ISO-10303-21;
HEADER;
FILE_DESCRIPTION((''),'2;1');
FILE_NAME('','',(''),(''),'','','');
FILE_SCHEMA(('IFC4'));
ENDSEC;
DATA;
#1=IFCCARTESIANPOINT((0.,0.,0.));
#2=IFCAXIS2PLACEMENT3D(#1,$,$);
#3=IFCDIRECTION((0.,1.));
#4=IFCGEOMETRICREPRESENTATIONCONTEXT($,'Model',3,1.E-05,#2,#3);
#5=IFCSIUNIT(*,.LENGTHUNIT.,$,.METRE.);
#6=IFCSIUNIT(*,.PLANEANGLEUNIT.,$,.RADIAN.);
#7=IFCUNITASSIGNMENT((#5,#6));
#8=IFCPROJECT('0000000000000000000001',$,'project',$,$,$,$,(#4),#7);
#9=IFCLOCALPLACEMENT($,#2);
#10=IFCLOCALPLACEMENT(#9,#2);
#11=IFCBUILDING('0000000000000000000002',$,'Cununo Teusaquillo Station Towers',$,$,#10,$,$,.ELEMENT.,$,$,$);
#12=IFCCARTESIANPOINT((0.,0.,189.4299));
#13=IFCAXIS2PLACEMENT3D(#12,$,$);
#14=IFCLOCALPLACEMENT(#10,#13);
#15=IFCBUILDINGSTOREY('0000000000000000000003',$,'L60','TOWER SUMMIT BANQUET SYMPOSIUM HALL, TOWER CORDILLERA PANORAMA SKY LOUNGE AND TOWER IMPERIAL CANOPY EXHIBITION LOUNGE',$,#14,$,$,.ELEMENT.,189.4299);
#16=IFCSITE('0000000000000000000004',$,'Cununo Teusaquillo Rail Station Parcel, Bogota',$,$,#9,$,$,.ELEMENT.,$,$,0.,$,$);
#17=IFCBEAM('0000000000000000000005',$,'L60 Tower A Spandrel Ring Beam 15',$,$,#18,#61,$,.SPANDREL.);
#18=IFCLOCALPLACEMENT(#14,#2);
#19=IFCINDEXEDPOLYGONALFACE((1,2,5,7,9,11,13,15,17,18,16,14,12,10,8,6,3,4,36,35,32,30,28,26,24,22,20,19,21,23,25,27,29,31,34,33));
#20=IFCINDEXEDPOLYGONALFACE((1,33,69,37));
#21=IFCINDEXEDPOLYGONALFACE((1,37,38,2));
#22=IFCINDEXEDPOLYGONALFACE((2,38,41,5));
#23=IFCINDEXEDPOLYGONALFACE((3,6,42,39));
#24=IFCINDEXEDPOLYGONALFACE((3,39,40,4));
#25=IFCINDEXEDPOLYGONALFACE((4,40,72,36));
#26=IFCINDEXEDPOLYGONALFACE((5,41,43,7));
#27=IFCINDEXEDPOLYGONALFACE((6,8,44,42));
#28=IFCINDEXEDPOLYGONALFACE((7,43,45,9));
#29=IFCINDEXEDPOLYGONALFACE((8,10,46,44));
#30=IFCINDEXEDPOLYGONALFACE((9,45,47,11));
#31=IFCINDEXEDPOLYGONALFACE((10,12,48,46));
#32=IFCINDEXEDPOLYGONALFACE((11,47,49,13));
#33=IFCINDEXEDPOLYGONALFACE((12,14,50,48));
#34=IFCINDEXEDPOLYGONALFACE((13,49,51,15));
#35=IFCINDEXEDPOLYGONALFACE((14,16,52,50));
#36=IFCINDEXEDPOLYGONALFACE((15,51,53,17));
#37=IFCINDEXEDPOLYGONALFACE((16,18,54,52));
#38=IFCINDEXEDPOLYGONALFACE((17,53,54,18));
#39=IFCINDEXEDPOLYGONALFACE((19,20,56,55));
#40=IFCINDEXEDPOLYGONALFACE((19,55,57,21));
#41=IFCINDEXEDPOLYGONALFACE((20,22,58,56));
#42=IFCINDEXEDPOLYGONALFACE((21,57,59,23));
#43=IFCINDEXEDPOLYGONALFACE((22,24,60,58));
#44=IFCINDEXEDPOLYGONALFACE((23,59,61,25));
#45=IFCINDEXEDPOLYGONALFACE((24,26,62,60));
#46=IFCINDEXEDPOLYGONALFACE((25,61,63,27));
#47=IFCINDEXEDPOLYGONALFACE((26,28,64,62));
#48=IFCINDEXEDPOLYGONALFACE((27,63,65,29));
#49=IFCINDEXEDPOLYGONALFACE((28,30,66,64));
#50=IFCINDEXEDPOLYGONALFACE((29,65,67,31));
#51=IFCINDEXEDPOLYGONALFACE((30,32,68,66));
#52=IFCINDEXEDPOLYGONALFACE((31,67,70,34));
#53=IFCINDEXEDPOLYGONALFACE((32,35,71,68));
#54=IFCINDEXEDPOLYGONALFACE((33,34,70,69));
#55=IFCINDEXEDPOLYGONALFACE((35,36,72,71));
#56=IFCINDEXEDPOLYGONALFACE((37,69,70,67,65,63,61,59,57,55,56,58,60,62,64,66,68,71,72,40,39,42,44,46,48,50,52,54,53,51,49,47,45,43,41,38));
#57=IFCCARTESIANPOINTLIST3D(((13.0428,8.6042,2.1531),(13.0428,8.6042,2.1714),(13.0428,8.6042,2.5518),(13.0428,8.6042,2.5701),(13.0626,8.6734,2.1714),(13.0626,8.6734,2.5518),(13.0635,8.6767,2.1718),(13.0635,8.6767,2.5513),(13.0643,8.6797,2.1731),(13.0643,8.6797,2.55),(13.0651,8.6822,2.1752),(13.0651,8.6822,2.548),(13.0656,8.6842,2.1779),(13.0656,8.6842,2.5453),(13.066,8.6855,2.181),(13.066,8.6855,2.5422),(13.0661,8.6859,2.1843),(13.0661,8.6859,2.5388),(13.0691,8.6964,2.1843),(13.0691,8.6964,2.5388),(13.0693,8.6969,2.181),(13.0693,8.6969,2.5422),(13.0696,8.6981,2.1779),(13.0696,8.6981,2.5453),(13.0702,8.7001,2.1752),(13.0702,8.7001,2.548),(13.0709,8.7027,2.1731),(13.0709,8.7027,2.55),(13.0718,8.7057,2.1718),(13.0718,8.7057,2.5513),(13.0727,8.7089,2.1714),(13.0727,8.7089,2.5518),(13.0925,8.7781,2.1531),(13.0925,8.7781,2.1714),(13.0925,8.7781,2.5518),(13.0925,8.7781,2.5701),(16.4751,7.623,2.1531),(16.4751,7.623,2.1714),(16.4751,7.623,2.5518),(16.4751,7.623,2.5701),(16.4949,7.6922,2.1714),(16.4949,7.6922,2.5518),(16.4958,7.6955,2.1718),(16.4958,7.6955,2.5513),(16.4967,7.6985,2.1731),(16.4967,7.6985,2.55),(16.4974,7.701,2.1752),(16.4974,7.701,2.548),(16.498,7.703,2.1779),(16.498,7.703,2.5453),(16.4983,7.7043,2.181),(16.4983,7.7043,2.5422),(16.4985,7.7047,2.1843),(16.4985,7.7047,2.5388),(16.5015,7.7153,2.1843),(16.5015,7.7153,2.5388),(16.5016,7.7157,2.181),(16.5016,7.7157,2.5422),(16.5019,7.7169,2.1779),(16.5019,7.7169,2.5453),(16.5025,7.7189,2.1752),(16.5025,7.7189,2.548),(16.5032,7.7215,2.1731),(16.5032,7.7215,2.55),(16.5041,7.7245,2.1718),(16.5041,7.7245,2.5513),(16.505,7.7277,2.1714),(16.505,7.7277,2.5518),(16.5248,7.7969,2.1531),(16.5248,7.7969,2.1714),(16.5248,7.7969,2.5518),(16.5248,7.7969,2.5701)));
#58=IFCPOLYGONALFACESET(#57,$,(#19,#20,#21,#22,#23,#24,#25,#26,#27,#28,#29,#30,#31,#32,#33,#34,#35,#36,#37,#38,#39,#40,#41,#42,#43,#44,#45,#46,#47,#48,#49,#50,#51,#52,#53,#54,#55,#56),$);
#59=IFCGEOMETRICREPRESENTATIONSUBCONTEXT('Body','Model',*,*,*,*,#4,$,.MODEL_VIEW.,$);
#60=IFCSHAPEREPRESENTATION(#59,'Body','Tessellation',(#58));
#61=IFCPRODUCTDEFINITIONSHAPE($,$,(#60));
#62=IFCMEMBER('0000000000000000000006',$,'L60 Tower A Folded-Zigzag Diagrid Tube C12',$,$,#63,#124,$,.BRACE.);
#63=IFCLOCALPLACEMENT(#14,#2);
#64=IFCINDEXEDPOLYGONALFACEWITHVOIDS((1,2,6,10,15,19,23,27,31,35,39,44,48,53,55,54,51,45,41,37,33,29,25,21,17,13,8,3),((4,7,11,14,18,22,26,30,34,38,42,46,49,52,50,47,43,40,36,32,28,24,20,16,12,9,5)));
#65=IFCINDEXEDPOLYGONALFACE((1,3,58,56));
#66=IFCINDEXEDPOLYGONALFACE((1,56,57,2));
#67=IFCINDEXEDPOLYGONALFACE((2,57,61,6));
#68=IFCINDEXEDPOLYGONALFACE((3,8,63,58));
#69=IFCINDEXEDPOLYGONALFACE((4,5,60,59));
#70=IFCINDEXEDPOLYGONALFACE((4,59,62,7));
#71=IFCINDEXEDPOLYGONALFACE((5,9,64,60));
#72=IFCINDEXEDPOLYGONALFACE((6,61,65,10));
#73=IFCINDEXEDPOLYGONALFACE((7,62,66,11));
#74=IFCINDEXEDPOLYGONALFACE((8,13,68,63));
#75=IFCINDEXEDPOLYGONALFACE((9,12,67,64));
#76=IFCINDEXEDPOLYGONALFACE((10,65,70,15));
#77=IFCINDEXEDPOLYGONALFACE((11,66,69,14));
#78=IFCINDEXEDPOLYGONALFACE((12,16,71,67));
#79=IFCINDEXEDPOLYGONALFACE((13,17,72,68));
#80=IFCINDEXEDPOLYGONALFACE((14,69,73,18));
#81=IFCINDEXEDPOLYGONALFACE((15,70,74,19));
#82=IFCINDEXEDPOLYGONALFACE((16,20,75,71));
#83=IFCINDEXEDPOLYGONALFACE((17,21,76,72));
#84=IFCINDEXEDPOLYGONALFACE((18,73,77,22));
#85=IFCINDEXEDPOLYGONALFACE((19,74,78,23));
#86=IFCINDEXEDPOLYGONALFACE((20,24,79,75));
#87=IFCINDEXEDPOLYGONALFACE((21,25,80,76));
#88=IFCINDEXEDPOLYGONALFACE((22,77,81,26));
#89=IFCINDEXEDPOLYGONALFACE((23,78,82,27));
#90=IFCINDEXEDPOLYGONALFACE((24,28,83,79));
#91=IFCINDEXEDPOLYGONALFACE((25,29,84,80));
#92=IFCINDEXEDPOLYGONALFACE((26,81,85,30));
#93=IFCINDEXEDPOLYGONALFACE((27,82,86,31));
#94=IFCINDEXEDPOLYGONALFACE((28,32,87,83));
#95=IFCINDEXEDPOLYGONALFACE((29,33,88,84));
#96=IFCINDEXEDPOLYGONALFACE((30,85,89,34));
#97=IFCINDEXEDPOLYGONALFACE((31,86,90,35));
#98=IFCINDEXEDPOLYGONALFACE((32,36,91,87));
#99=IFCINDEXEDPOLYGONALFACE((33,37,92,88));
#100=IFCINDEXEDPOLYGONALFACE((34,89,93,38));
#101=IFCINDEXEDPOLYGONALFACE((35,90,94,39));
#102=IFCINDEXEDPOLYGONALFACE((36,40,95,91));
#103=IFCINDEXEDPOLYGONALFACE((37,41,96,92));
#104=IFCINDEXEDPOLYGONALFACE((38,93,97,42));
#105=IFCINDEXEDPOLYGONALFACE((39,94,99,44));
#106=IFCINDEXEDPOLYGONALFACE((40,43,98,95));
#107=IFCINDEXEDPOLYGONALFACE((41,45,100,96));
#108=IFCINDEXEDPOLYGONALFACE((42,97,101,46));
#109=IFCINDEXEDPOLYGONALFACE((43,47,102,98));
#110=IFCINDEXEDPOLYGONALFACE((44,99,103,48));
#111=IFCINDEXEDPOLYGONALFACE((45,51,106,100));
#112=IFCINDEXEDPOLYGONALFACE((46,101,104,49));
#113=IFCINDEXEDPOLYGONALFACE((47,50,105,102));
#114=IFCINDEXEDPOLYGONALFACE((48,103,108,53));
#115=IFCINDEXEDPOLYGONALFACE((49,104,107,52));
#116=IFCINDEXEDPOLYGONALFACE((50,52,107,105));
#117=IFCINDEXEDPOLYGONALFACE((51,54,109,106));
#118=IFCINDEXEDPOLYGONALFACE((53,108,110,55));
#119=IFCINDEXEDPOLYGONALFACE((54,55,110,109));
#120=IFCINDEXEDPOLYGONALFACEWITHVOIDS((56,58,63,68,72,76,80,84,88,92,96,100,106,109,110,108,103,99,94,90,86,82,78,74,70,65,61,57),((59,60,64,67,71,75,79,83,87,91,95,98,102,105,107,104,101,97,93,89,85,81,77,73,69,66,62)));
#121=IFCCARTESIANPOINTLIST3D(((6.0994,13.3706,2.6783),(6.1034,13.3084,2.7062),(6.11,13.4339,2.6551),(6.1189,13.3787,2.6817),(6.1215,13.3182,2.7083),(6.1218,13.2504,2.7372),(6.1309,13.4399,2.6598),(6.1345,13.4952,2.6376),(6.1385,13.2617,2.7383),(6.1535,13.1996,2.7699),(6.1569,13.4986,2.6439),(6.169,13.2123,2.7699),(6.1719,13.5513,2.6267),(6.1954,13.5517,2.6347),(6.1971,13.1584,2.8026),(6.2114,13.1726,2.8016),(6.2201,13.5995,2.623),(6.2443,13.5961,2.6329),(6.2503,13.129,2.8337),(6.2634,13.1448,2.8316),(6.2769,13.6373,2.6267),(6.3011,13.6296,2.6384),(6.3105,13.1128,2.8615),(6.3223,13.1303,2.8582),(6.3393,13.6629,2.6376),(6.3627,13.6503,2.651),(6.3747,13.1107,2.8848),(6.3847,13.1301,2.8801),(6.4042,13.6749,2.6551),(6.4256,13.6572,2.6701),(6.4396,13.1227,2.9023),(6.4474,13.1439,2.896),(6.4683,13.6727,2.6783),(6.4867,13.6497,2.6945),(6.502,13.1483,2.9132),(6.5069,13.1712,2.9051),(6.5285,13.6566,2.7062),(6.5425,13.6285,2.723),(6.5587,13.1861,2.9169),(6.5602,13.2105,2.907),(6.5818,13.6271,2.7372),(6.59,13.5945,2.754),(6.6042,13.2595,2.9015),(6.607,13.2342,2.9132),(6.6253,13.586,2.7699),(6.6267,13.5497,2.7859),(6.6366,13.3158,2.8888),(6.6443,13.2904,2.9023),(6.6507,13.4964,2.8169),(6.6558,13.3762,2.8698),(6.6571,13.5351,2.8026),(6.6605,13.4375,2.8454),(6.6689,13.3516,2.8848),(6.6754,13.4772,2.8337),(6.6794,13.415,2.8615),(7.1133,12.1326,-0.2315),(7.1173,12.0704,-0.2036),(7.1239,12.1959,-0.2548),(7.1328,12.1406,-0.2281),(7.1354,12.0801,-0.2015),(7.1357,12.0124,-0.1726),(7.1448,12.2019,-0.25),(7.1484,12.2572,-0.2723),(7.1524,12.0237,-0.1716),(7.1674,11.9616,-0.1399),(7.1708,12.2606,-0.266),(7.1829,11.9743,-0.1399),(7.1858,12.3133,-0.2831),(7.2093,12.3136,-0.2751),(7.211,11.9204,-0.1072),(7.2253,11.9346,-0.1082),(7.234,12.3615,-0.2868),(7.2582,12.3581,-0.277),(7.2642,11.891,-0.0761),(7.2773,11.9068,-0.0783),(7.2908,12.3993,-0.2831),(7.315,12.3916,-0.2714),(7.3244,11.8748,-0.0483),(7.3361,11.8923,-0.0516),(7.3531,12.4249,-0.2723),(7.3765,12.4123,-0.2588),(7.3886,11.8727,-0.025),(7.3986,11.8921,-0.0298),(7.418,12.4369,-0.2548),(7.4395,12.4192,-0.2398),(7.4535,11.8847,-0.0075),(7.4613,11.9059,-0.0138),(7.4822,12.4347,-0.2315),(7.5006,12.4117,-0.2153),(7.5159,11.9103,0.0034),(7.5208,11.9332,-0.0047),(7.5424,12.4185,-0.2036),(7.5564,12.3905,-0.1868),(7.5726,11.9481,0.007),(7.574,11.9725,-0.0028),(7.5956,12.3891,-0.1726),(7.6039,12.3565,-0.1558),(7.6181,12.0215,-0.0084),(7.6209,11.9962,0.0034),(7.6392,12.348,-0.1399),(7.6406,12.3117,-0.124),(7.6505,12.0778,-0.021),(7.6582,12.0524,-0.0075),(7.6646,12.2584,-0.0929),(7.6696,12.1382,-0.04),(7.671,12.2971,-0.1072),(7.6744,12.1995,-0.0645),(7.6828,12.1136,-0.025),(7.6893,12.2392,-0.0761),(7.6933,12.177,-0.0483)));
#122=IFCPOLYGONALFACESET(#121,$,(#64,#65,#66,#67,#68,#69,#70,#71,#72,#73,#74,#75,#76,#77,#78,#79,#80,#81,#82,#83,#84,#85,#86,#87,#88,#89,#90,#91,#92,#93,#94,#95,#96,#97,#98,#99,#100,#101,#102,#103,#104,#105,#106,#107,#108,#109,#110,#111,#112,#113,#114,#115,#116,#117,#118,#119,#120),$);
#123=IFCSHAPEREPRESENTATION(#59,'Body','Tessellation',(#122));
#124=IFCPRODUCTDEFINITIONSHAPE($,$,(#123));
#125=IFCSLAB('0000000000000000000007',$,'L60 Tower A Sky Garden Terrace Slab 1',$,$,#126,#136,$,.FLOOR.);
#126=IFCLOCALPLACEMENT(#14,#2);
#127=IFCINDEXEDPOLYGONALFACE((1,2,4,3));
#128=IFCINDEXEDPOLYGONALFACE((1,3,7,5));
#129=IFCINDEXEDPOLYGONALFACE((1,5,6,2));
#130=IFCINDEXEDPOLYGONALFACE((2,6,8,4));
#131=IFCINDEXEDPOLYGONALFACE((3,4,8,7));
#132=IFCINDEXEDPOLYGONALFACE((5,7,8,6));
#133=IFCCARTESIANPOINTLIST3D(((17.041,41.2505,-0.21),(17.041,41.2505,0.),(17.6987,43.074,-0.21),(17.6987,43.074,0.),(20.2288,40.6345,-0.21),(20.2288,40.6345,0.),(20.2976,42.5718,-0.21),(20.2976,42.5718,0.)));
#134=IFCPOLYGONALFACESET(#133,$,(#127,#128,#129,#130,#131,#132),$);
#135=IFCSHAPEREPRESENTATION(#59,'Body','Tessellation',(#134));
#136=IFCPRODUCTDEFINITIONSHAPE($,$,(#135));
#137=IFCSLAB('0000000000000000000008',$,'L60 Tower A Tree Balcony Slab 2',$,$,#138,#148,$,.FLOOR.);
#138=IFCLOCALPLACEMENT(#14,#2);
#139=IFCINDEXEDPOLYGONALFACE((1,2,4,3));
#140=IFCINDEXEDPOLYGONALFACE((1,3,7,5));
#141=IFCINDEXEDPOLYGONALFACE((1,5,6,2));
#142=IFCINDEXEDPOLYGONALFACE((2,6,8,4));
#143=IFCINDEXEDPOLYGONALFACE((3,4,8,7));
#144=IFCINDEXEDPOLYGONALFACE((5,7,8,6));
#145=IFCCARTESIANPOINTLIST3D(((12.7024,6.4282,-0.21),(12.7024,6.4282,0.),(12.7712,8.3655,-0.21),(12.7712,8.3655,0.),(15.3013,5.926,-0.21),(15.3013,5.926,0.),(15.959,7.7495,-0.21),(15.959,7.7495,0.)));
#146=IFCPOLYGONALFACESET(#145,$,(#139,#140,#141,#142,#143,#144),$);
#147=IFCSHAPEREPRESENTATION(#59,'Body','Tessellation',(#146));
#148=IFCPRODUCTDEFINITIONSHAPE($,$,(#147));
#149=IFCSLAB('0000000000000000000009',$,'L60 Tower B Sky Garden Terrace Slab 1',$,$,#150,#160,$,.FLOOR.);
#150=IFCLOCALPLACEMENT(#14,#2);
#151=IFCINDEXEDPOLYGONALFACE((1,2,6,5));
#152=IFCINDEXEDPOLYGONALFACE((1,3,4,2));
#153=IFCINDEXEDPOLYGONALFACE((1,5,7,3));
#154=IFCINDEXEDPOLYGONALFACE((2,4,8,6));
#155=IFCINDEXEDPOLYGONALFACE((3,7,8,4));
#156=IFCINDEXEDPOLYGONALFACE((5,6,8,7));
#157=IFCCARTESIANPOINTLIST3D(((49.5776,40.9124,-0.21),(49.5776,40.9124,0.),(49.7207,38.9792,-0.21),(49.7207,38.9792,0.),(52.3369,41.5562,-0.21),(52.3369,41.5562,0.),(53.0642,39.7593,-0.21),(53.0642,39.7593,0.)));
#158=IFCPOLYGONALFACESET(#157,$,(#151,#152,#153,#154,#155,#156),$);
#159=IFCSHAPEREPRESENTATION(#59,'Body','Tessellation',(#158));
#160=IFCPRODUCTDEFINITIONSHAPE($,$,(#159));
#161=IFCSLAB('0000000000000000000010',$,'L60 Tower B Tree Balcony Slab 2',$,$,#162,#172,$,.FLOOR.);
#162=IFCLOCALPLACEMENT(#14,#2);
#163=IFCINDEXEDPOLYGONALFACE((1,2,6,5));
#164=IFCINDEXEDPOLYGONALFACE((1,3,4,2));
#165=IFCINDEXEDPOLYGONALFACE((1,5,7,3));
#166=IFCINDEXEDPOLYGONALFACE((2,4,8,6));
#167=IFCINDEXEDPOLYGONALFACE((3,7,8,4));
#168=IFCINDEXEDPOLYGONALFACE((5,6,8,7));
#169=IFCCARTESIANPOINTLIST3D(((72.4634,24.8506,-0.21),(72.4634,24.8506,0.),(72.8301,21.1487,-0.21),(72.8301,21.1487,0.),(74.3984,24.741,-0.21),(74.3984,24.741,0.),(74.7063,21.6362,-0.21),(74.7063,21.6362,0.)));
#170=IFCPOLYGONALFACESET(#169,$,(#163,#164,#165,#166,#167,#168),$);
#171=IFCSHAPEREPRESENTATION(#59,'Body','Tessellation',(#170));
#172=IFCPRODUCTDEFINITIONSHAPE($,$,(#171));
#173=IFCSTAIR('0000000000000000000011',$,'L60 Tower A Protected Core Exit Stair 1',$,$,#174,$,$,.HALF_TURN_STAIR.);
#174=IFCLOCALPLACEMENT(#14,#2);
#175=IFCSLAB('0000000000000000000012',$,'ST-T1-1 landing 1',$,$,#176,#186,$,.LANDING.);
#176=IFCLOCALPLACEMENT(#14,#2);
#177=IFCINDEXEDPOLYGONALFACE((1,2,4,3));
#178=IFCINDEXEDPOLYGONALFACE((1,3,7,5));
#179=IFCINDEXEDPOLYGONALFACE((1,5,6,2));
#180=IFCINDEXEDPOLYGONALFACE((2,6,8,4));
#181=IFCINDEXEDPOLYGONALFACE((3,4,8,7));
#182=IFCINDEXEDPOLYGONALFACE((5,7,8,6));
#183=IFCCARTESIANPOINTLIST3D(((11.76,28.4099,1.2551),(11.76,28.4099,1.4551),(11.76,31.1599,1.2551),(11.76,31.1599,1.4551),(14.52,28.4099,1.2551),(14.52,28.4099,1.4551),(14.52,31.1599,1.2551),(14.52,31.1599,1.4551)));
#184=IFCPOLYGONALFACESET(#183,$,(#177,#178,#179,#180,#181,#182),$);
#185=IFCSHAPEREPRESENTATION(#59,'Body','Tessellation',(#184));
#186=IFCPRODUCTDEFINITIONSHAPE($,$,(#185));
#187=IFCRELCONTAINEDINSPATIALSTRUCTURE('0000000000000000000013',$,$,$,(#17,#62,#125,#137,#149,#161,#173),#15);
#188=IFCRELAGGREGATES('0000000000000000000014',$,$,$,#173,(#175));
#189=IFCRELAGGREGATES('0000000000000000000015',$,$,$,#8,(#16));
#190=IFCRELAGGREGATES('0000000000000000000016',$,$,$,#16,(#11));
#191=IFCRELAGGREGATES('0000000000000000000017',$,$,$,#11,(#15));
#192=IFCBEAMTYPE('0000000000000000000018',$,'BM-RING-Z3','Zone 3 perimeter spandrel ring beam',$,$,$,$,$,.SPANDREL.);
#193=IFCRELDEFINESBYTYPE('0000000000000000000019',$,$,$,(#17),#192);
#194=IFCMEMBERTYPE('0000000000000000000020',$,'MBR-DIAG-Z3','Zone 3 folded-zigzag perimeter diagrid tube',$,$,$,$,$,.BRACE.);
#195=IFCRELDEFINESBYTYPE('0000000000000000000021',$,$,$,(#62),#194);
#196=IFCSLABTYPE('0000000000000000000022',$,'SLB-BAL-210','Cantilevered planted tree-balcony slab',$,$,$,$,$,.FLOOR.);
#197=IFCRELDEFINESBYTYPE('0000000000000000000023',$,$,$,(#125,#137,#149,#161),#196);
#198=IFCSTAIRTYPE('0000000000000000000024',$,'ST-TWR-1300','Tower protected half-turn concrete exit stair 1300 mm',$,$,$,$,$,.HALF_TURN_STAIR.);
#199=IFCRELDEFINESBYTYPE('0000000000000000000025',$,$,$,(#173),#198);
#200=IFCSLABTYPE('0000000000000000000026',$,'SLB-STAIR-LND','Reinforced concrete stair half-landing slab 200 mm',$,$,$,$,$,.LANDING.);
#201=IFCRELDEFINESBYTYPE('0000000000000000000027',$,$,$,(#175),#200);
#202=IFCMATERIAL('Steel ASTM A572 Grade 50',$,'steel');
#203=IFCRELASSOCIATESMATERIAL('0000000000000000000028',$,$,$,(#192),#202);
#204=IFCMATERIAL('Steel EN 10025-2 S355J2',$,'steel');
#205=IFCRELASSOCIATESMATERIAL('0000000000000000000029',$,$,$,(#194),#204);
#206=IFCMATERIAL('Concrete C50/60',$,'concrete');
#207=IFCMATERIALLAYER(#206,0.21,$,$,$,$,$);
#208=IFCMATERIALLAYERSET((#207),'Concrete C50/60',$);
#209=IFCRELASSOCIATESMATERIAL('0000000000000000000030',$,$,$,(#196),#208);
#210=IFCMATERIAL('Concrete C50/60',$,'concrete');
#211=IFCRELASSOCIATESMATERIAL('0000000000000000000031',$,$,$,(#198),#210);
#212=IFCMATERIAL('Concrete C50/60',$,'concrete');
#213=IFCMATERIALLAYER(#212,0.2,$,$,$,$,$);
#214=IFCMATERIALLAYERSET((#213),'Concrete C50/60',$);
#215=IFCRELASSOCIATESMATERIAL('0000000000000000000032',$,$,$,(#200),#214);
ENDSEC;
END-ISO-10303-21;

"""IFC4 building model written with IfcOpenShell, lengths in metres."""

from ifc_helpers import new_model, si_unit, direction, frame, origin, origin_2d, place, context, subcontext, project, spatial, polyline, hollow_circle, i_section, outline, extrude, material, layer, layer_set, material_profile, profile_set, type_object, element, aggregate, save


model = new_model("IFC4")

# Units and contexts
model_context = context("Model", 3, precision=1e-05, world=origin(), true_north=direction((0.0, 1.0)))
body_context = subcontext(model_context, "Body", "Model", "MODEL_VIEW")
ifc_project = project(units=[si_unit("LENGTHUNIT", "METRE"), si_unit("PLANEANGLEUNIT", "RADIAN")], contexts=[model_context])

# Site, building, storey
site_placement = place(None, origin())
site = spatial("IfcSite", under=ifc_project, at=site_placement, Name="Cununo Teusaquillo Rail Station Parcel, Bogota", CompositionType="ELEMENT", RefElevation=0.0)
building_placement = place(site_placement, origin())
building = spatial("IfcBuilding", under=site, at=building_placement, Name="Cununo Teusaquillo Station Towers", CompositionType="ELEMENT")
storey_placement = place(building_placement, frame((0.0, 0.0, 189.4299)))
storey = spatial("IfcBuildingStorey", under=building, at=storey_placement, Name="L60", Description="TOWER SUMMIT BANQUET SYMPOSIUM HALL, TOWER CORDILLERA PANORAMA SKY LOUNGE AND TOWER IMPERIAL CANOPY EXHIBITION LOUNGE", CompositionType="ELEMENT", Elevation=189.4299)

# Beam
ifc_material_1 = material(Name="Steel ASTM A572 Grade 50", Category="steel")
ifc_material_profile_1 = material_profile(ifc_material_1, i_section(OverallWidth=0.1809, OverallDepth=0.417, WebThickness=0.011, FlangeThickness=0.0183, FilletRadius=0.0129, at=origin_2d()), Name="W16X57")
ifc_profile_set_1 = profile_set([ifc_material_profile_1], Name="Steel ASTM A572 Grade 50")
beam_type = type_object("IfcBeamType", Name="BM-RING-Z3", Description="Zone 3 perimeter spandrel ring beam", PredefinedType="SPANDREL", material=ifc_profile_set_1)
beam_1_placement = place(storey_placement, frame((13.0676, 8.6912, 2.3616), z_axis=(0.961485, -0.274857, 0.0), x_axis=(0.274857, 0.961485, 0.0)))
element("IfcBeam", 1, at=beam_1_placement, inside=storey, type_object=beam_type, Name="L60 Tower A Spandrel Ring Beam 15", PredefinedType="SPANDREL", context=body_context, shape_type="SweptSolid", body=[
    extrude(i_section(OverallWidth=0.1809, OverallDepth=0.417, WebThickness=0.011, FlangeThickness=0.0183, FilletRadius=0.0129, at=origin_2d()), origin(), (0.0, 0.0, 1.0), 3.5698),
])

# Member
ifc_material_2 = material(Name="Steel EN 10025-2 S355J2", Category="steel")
ifc_material_profile_2 = material_profile(ifc_material_2, hollow_circle(Radius=0.3049, WallThickness=0.02, at=origin_2d()), Name="CHS 610x20")
ifc_profile_set_2 = profile_set([ifc_material_profile_2], Name="Steel EN 10025-2 S355J2")
member_type = type_object("IfcMemberType", Name="MBR-DIAG-Z3", Description="Zone 3 folded-zigzag perimeter diagrid tube", PredefinedType="BRACE", material=ifc_profile_set_2)
member_placement = place(storey_placement, frame((7.4033, 12.1548, -0.1399), z_axis=(-0.305314, 0.372802, 0.876243), x_axis=(-0.773658, -0.633603, 0.0)))
element("IfcMember", 2, at=member_placement, inside=storey, type_object=member_type, Name="L60 Tower A Folded-Zigzag Diagrid Tube C12", PredefinedType="BRACE", context=body_context, shape_type="SweptSolid", body=[
    extrude(hollow_circle(Radius=0.3049, WallThickness=0.02, at=origin_2d()), origin(), (0.0, 0.0, 1.0), 3.3208),
])

# Slabs
ifc_material_3 = material(Name="Concrete C50/60", Category="concrete")
ifc_layer_1 = layer(ifc_material_3, 0.21)
ifc_layer_set_1 = layer_set([ifc_layer_1], Name="Concrete C50/60")
slab_type_1 = type_object("IfcSlabType", Name="SLB-BAL-210", Description="Cantilevered planted tree-balcony slab", PredefinedType="FLOOR", material=ifc_layer_set_1)
slab_1_placement = place(storey_placement, frame((0.0, 0.0, -0.21)))
element("IfcSlab", 3, at=slab_1_placement, inside=storey, type_object=slab_type_1, Name="L60 Tower A Sky Garden Terrace Slab 1", PredefinedType="FLOOR", context=body_context, shape_type="SweptSolid", body=[
    extrude(outline(polyline([(20.2288, 40.6345), (17.041, 41.2505), (17.6987, 43.074), (20.2976, 42.5718), (20.2288, 40.6345)])), origin(), (0.0, 0.0, 1.0), 0.21),
])
slab_2_placement = place(storey_placement, frame((0.0, 0.0, -0.21)))
element("IfcSlab", 4, at=slab_2_placement, inside=storey, type_object=slab_type_1, Name="L60 Tower A Tree Balcony Slab 2", PredefinedType="FLOOR", context=body_context, shape_type="SweptSolid", body=[
    extrude(outline(polyline([(12.7712, 8.3655), (15.959, 7.7495), (15.3013, 5.926), (12.7024, 6.4282), (12.7712, 8.3655)])), origin(), (0.0, 0.0, 1.0), 0.21),
])
slab_3_placement = place(storey_placement, frame((0.0, 0.0, -0.21)))
element("IfcSlab", 5, at=slab_3_placement, inside=storey, type_object=slab_type_1, Name="L60 Tower B Sky Garden Terrace Slab 1", PredefinedType="FLOOR", context=body_context, shape_type="SweptSolid", body=[
    extrude(outline(polyline([(53.0642, 39.7593), (49.7207, 38.9792), (49.5776, 40.9124), (52.3369, 41.5562), (53.0642, 39.7593)])), origin(), (0.0, 0.0, 1.0), 0.21),
])
slab_4_placement = place(storey_placement, frame((0.0, 0.0, -0.21)))
element("IfcSlab", 6, at=slab_4_placement, inside=storey, type_object=slab_type_1, Name="L60 Tower B Tree Balcony Slab 2", PredefinedType="FLOOR", context=body_context, shape_type="SweptSolid", body=[
    extrude(outline(polyline([(72.8301, 21.1487), (72.4634, 24.8506), (74.3984, 24.741), (74.7063, 21.6362), (72.8301, 21.1487)])), origin(), (0.0, 0.0, 1.0), 0.21),
])

# Stair, slab
ifc_material_4 = material(Name="Concrete C50/60", Category="concrete")
stair_type = type_object("IfcStairType", Name="ST-TWR-1300", Description="Tower protected half-turn concrete exit stair 1300 mm", PredefinedType="HALF_TURN_STAIR", material=ifc_material_4)
stair_1_placement = place(storey_placement, origin())
stair_1 = element("IfcStair", 7, at=stair_1_placement, inside=storey, type_object=stair_type, Name="L60 Tower A Protected Core Exit Stair 1", PredefinedType="HALF_TURN_STAIR")
ifc_material_5 = material(Name="Concrete C50/60", Category="concrete")
ifc_layer_2 = layer(ifc_material_5, 0.2)
ifc_layer_set_2 = layer_set([ifc_layer_2], Name="Concrete C50/60")
slab_type_2 = type_object("IfcSlabType", Name="SLB-STAIR-LND", Description="Reinforced concrete stair half-landing slab 200 mm", PredefinedType="LANDING", material=ifc_layer_set_2)
slab_5_placement = place(storey_placement, frame((0.0, 0.0, 1.2551)))
slab_5 = element("IfcSlab", 8, at=slab_5_placement, type_object=slab_type_2, Name="ST-T1-1 landing 1", PredefinedType="LANDING", context=body_context, shape_type="SweptSolid", body=[
    extrude(outline(polyline([(14.52, 28.4099), (14.52, 31.1599), (11.76, 31.1599), (11.76, 28.4099), (14.52, 28.4099)])), origin(), (0.0, 0.0, 1.0), 0.2),
])
aggregate(stair_1, [slab_5])

save(model, "model.ifc")
